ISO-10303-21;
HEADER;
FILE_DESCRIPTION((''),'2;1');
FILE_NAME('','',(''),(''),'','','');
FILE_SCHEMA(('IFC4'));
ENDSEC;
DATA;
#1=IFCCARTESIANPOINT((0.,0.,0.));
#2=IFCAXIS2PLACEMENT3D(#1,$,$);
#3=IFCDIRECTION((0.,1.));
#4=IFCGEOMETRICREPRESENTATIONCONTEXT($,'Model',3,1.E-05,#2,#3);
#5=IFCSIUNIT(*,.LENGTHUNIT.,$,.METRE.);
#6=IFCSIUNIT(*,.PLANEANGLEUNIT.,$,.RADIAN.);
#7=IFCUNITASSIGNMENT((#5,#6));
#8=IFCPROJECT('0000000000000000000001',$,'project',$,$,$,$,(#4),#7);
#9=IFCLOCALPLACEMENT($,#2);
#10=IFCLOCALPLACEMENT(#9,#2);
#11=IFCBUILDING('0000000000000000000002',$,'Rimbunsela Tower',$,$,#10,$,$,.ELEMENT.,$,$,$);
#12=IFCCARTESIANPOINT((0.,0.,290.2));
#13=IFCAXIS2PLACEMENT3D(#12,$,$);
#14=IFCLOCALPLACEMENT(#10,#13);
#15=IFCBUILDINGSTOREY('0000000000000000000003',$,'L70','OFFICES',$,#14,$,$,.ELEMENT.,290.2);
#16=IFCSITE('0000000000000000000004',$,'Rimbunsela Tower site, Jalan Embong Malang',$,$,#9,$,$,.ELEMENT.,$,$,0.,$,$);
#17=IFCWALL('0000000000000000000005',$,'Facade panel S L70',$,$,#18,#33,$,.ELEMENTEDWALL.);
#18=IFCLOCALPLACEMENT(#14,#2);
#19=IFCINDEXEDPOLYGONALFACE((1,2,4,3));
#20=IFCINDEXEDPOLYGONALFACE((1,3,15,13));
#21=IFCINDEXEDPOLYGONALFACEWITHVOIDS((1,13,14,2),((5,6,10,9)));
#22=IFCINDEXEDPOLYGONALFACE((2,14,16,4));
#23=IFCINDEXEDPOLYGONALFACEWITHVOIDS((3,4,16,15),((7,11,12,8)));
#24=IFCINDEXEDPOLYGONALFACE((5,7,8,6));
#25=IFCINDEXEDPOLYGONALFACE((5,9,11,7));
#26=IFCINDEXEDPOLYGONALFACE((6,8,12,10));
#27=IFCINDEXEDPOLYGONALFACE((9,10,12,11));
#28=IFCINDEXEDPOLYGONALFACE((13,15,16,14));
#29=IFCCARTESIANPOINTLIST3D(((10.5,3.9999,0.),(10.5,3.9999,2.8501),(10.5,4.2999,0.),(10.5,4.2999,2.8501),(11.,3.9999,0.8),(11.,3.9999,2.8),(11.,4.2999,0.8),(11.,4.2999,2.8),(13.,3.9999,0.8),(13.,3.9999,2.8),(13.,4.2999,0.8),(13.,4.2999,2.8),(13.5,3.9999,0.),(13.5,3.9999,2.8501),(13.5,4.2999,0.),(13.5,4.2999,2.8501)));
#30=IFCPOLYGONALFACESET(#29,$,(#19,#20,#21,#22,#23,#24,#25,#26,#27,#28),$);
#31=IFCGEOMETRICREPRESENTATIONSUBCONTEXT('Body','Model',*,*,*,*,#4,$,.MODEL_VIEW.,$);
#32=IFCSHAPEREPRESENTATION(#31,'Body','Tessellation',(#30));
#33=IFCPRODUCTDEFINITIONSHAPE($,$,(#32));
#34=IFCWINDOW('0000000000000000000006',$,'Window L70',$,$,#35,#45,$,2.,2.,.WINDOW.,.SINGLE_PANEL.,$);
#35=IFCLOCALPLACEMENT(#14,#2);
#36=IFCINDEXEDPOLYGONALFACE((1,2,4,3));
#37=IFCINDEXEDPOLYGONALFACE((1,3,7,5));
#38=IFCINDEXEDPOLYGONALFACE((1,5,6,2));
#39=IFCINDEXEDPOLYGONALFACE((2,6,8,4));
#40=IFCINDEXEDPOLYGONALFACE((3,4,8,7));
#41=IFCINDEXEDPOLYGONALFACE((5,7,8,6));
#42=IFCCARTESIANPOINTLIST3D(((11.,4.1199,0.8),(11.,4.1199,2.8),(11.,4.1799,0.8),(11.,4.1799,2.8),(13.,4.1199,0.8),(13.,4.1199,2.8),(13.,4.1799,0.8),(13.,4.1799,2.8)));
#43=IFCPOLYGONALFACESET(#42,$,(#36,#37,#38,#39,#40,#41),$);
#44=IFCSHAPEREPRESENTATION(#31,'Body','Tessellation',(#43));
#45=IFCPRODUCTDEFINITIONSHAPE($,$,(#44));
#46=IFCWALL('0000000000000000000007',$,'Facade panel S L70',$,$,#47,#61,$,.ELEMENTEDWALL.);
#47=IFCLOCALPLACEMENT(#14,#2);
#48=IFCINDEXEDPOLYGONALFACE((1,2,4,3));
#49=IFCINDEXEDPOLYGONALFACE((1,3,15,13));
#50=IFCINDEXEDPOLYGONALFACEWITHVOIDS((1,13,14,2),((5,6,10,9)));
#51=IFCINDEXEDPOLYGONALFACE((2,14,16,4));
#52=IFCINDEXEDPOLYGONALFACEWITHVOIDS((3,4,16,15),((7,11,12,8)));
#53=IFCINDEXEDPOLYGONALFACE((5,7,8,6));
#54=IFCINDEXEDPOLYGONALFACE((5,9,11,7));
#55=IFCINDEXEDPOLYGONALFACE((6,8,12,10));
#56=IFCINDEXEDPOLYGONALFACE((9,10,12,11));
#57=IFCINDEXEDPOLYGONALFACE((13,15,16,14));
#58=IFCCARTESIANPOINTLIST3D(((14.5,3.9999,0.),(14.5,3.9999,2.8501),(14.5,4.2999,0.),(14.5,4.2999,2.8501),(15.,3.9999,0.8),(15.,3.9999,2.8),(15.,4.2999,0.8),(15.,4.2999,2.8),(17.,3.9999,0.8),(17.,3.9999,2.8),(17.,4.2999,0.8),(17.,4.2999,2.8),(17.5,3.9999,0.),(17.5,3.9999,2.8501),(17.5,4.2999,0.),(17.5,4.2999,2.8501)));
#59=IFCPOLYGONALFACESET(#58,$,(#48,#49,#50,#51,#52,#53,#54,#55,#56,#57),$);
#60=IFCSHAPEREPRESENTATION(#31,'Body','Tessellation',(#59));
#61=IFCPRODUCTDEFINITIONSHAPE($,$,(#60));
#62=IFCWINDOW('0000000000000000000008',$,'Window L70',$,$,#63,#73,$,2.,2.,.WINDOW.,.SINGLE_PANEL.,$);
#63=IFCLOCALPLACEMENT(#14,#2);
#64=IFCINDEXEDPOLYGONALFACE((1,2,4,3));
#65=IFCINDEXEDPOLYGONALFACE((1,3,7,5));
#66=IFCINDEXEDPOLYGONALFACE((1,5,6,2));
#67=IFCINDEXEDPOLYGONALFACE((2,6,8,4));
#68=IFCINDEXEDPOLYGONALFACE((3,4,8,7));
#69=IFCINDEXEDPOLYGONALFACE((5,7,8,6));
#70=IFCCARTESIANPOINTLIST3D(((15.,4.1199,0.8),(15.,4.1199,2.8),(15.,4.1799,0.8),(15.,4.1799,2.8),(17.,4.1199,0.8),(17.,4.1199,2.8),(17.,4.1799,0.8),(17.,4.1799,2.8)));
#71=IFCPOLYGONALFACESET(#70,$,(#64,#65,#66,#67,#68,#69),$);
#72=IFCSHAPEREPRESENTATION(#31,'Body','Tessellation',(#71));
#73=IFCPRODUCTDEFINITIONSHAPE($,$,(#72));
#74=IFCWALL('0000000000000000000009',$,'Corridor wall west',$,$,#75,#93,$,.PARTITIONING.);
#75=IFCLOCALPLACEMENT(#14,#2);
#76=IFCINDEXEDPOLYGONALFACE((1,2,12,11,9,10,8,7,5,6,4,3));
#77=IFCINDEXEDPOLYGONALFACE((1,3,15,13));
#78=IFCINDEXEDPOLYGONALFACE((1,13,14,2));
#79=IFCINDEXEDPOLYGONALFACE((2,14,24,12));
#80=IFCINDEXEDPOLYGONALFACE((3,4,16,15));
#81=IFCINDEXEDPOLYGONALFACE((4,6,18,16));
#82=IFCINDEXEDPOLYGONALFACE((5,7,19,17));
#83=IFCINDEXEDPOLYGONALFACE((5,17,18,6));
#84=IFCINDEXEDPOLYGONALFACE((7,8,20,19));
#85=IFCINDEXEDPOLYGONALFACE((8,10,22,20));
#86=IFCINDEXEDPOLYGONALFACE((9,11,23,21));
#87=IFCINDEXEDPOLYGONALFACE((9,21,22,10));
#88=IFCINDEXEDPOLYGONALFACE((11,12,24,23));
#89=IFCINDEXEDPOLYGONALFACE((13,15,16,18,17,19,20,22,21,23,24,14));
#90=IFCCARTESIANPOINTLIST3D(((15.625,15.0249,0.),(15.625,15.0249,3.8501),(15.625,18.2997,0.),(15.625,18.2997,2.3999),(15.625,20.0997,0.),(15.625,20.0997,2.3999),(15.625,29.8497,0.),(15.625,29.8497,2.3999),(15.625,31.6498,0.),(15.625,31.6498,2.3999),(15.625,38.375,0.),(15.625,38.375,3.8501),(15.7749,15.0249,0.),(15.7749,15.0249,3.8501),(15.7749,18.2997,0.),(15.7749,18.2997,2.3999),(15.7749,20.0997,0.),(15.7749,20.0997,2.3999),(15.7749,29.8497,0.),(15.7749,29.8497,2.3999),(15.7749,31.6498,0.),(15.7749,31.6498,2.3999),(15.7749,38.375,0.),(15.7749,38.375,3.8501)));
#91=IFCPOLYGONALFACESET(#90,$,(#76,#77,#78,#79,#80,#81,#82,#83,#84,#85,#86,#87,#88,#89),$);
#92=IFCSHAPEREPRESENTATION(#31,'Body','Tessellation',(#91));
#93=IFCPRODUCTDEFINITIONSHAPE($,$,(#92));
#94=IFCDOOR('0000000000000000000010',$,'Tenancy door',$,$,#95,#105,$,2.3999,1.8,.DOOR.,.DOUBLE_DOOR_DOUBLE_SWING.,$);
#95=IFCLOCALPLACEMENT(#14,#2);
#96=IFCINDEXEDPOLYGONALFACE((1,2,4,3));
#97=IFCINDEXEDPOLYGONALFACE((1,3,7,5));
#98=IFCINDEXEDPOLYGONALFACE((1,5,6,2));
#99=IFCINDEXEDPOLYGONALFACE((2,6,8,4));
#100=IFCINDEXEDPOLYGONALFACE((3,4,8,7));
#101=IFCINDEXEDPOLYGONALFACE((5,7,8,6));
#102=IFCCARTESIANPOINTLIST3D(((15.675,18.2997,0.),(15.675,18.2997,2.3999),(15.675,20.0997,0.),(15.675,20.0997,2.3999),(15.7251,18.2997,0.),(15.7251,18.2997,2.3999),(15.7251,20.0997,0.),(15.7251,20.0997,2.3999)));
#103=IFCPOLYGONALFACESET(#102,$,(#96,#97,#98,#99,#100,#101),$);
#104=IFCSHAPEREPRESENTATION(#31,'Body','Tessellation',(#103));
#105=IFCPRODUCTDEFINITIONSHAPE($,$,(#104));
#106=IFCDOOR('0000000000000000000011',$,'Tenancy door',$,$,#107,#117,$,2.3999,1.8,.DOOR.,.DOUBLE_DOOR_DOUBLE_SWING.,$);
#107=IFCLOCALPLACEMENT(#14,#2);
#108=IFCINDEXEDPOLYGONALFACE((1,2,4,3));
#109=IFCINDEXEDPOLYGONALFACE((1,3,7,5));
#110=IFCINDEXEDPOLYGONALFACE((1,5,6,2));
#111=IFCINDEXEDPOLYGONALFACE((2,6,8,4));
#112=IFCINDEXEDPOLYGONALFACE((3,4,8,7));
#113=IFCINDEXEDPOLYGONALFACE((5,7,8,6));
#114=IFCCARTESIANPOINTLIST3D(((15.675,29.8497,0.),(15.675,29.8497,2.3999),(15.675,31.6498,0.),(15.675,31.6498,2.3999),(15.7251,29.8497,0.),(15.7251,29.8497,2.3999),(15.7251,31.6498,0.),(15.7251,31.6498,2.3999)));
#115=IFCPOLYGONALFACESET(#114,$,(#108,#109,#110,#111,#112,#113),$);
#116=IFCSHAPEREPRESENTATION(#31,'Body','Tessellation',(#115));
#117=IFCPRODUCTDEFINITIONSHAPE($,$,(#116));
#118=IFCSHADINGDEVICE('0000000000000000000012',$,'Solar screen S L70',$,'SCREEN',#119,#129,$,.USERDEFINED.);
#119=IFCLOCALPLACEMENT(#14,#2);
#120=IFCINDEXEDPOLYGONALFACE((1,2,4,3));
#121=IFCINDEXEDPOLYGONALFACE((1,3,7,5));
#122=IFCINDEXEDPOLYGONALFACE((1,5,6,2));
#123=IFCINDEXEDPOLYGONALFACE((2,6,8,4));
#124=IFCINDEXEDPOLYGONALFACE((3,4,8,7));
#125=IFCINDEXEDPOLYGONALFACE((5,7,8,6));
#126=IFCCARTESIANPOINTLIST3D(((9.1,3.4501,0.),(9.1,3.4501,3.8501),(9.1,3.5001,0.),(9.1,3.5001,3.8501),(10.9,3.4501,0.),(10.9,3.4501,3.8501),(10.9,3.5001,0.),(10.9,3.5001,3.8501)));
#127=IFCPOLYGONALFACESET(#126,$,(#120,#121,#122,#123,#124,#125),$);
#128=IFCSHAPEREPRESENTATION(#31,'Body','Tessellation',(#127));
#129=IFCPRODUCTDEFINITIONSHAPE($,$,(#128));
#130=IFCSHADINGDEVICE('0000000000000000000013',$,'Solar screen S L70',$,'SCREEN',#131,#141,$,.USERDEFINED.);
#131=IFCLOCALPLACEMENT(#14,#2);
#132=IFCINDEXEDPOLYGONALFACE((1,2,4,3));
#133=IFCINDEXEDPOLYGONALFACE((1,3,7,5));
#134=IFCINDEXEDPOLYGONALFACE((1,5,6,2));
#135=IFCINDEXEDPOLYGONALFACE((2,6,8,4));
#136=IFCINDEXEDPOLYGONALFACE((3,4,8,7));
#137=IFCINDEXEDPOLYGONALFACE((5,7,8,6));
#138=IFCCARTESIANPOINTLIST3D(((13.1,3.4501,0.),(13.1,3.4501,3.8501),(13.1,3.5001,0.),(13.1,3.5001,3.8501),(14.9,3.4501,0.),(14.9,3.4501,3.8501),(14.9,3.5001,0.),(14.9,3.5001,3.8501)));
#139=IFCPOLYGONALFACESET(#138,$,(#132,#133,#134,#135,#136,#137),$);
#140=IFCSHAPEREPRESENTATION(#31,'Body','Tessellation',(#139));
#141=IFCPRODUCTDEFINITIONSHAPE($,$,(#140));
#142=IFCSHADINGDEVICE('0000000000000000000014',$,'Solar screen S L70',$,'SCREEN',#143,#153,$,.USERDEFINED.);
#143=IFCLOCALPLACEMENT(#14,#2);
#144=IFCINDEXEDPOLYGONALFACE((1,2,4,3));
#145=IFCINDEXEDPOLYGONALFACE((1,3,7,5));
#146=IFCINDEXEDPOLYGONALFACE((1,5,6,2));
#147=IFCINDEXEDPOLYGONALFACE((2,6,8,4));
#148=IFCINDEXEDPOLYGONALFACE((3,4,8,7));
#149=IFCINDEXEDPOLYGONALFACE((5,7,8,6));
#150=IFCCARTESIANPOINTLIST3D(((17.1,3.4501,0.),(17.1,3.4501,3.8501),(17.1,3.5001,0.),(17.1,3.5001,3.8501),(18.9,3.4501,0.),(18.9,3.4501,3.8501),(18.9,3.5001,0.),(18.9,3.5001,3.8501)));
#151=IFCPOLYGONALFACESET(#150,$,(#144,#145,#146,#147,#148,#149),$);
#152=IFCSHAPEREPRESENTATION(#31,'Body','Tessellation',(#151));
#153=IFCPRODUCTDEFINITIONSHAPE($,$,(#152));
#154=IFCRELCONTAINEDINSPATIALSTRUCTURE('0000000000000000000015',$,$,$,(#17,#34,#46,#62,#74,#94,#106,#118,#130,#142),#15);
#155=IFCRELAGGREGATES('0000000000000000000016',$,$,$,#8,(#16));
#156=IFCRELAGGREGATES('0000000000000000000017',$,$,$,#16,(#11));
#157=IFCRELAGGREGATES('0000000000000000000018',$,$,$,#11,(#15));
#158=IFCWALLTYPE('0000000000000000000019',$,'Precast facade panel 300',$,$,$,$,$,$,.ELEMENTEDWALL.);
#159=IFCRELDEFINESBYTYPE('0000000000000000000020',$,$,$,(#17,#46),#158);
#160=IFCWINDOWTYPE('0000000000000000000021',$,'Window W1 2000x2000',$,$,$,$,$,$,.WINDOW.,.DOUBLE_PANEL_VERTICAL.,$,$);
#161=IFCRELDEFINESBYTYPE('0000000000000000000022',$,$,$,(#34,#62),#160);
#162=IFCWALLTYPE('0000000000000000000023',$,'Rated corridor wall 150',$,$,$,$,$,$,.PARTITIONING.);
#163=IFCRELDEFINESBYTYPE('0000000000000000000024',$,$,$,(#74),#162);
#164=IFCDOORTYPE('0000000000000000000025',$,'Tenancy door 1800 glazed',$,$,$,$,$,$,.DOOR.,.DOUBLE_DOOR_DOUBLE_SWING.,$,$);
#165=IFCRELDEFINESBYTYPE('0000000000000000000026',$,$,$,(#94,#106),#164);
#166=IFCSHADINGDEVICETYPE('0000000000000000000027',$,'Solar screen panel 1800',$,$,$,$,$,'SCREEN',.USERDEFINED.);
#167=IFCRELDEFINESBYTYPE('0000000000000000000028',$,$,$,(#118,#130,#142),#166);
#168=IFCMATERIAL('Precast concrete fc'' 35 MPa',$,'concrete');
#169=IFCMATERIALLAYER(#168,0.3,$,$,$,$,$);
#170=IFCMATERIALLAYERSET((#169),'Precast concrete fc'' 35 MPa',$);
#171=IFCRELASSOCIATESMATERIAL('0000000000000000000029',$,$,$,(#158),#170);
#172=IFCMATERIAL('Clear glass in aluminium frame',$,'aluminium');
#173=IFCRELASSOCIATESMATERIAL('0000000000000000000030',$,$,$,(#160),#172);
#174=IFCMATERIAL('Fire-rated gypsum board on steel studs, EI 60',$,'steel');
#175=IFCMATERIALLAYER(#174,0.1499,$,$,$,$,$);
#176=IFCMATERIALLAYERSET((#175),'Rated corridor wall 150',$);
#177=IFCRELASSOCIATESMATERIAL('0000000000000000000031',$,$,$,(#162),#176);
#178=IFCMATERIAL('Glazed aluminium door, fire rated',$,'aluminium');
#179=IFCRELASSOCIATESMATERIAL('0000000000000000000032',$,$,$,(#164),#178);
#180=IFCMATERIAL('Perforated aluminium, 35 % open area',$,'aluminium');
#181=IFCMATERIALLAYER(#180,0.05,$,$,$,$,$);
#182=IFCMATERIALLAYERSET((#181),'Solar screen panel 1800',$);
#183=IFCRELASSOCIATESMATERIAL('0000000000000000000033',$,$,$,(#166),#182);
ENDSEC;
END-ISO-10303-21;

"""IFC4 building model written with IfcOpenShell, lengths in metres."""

from ifc_helpers import new_model, si_unit, direction, frame, frame_2d, origin, origin_2d, place, context, subcontext, project, spatial, rectangle, extrude, material, layer, layer_set, type_object, element, fill, save


model = new_model("IFC4")

# Units and contexts
model_context = context("Model", 3, precision=1e-05, world=origin(), true_north=direction((0.0, 1.0)))
body_context = subcontext(model_context, "Body", "Model", "MODEL_VIEW")
ifc_project = project(units=[si_unit("LENGTHUNIT", "METRE"), si_unit("PLANEANGLEUNIT", "RADIAN")], contexts=[model_context])

# Site, building, storey
site_placement = place(None, origin())
site = spatial("IfcSite", under=ifc_project, at=site_placement, Name="Rimbunsela Tower site, Jalan Embong Malang", CompositionType="ELEMENT", RefElevation=0.0)
building_placement = place(site_placement, origin())
building = spatial("IfcBuilding", under=site, at=building_placement, Name="Rimbunsela Tower", CompositionType="ELEMENT")
storey_placement = place(building_placement, frame((0.0, 0.0, 290.2)))
storey = spatial("IfcBuildingStorey", under=building, at=storey_placement, Name="L70", Description="OFFICES", CompositionType="ELEMENT", Elevation=290.2)

# Shared definitions
ifc_material_1 = material(Name="Precast concrete fc' 35 MPa", Category="concrete")
ifc_layer_1 = layer(ifc_material_1, 0.3)
ifc_layer_set_1 = layer_set([ifc_layer_1], Name="Precast concrete fc' 35 MPa")
wall_type_1 = type_object("IfcWallType", Name="Precast facade panel 300", PredefinedType="ELEMENTEDWALL", material=ifc_layer_set_1)

# Walls, openings, windows
wall_1_placement = place(storey_placement, frame((10.5, 4.1499, 0.0), z_axis=(0.0, 0.0, 1.0), x_axis=(1.0, 0.0, 0.0)))
wall_1 = element("IfcWall", 1, at=wall_1_placement, inside=storey, type_object=wall_type_1, Name="Facade panel S L70", PredefinedType="ELEMENTEDWALL", context=body_context, shape_type="SweptSolid", body=[
    extrude(rectangle(XDim=3.0, YDim=0.3, at=frame_2d((1.5, 0.0))), origin(), (0.0, 0.0, 1.0), 2.8501),
])
opening_1_placement = place(wall_1_placement, frame((0.5, 0.0, 0.8)))
opening_1 = element("IfcOpeningElement", 2, at=opening_1_placement, cuts=wall_1, PredefinedType="OPENING", context=body_context, shape_type="SweptSolid", body=[
    extrude(rectangle(XDim=2.0, YDim=2.0, at=frame_2d((1.0, 1.0))), frame((0.0, 0.1599, 0.0), z_axis=(0.0, -1.0, 0.0), x_axis=(1.0, 0.0, 0.0)), (0.0, 0.0, 1.0), 0.3201),
])
ifc_material_2 = material(Name="Clear glass in aluminium frame", Category="aluminium")
window_type = type_object("IfcWindowType", Name="Window W1 2000x2000", PartitioningType="DOUBLE_PANEL_VERTICAL", PredefinedType="WINDOW", material=ifc_material_2)
window_1_placement = place(opening_1_placement, origin())
window_1 = element("IfcWindow", 3, at=window_1_placement, inside=storey, type_object=window_type, Name="Window L70", OverallHeight=2.0, OverallWidth=2.0, PartitioningType="SINGLE_PANEL", PredefinedType="WINDOW", context=body_context, shape_type="SweptSolid", body=[
    extrude(rectangle(XDim=2.0, YDim=2.0, at=frame_2d((1.0, 1.0))), frame((0.0, 0.03, 0.0), z_axis=(0.0, -1.0, 0.0), x_axis=(1.0, 0.0, 0.0)), (0.0, 0.0, 1.0), 0.0601),
])
fill(opening_1, window_1)
wall_2_placement = place(storey_placement, frame((14.5, 4.1499, 0.0), z_axis=(0.0, 0.0, 1.0), x_axis=(1.0, 0.0, 0.0)))
wall_2 = element("IfcWall", 4, at=wall_2_placement, inside=storey, type_object=wall_type_1, Name="Facade panel S L70", PredefinedType="ELEMENTEDWALL", context=body_context, shape_type="SweptSolid", body=[
    extrude(rectangle(XDim=3.0, YDim=0.3, at=frame_2d((1.5, 0.0))), origin(), (0.0, 0.0, 1.0), 2.8501),
])
opening_2_placement = place(wall_2_placement, frame((0.5, 0.0, 0.8)))
opening_2 = element("IfcOpeningElement", 5, at=opening_2_placement, cuts=wall_2, PredefinedType="OPENING", context=body_context, shape_type="SweptSolid", body=[
    extrude(rectangle(XDim=2.0, YDim=2.0, at=frame_2d((1.0, 1.0))), frame((0.0, 0.1599, 0.0), z_axis=(0.0, -1.0, 0.0), x_axis=(1.0, 0.0, 0.0)), (0.0, 0.0, 1.0), 0.3201),
])
window_2_placement = place(opening_2_placement, origin())
window_2 = element("IfcWindow", 6, at=window_2_placement, inside=storey, type_object=window_type, Name="Window L70", OverallHeight=2.0, OverallWidth=2.0, PartitioningType="SINGLE_PANEL", PredefinedType="WINDOW", context=body_context, shape_type="SweptSolid", body=[
    extrude(rectangle(XDim=2.0, YDim=2.0, at=frame_2d((1.0, 1.0))), frame((0.0, 0.03, 0.0), z_axis=(0.0, -1.0, 0.0), x_axis=(1.0, 0.0, 0.0)), (0.0, 0.0, 1.0), 0.0601),
])
fill(opening_2, window_2)

# Wall, openings, doors
ifc_material_3 = material(Name="Fire-rated gypsum board on steel studs, EI 60", Category="steel")
ifc_layer_2 = layer(ifc_material_3, 0.1499)
ifc_layer_set_2 = layer_set([ifc_layer_2], Name="Rated corridor wall 150")
wall_type_2 = type_object("IfcWallType", Name="Rated corridor wall 150", PredefinedType="PARTITIONING", material=ifc_layer_set_2)
wall_3_placement = place(storey_placement, frame((15.7, 15.0249, 0.0), z_axis=(0.0, 0.0, 1.0), x_axis=(0.0, 1.0, 0.0)))
wall_3 = element("IfcWall", 7, at=wall_3_placement, inside=storey, type_object=wall_type_2, Name="Corridor wall west", PredefinedType="PARTITIONING", context=body_context, shape_type="SweptSolid", body=[
    extrude(rectangle(XDim=23.3501, YDim=0.1499, at=frame_2d((11.675, 0.0))), origin(), (0.0, 0.0, 1.0), 3.8501),
])
opening_3_placement = place(wall_3_placement, frame((3.2749, 0.0, 0.0)))
opening_3 = element("IfcOpeningElement", 8, at=opening_3_placement, cuts=wall_3, PredefinedType="OPENING", context=body_context, shape_type="SweptSolid", body=[
    extrude(rectangle(XDim=1.8, YDim=2.3999, at=frame_2d((0.8999, 1.2))), frame((0.0, 0.085, 0.0), z_axis=(0.0, -1.0, 0.0), x_axis=(1.0, 0.0, 0.0)), (0.0, 0.0, 1.0), 0.1699),
])
opening_4_placement = place(wall_3_placement, frame((14.825, 0.0, 0.0)))
opening_4 = element("IfcOpeningElement", 9, at=opening_4_placement, cuts=wall_3, PredefinedType="OPENING", context=body_context, shape_type="SweptSolid", body=[
    extrude(rectangle(XDim=1.8, YDim=2.3999, at=frame_2d((0.8999, 1.2))), frame((0.0, 0.085, 0.0), z_axis=(0.0, -1.0, 0.0), x_axis=(1.0, 0.0, 0.0)), (0.0, 0.0, 1.0), 0.1699),
])
ifc_material_4 = material(Name="Glazed aluminium door, fire rated", Category="aluminium")
door_type_1 = type_object("IfcDoorType", Name="Tenancy door 1800 glazed", OperationType="DOUBLE_DOOR_DOUBLE_SWING", PredefinedType="DOOR", material=ifc_material_4)
door_1_placement = place(opening_3_placement, origin())
door_1 = element("IfcDoor", 10, at=door_1_placement, inside=storey, type_object=door_type_1, Name="Tenancy door", OperationType="DOUBLE_DOOR_DOUBLE_SWING", OverallHeight=2.3999, OverallWidth=1.8, PredefinedType="DOOR", context=body_context, shape_type="SweptSolid", body=[
    extrude(rectangle(XDim=1.8, YDim=2.3999, at=frame_2d((0.8999, 1.2))), frame((0.0, 0.0249, 0.0), z_axis=(0.0, -1.0, 0.0), x_axis=(1.0, 0.0, 0.0)), (0.0, 0.0, 1.0), 0.05),
])
fill(opening_3, door_1)
door_2_placement = place(opening_4_placement, origin())
door_2 = element("IfcDoor", 11, at=door_2_placement, inside=storey, type_object=door_type_1, Name="Tenancy door", OperationType="DOUBLE_DOOR_DOUBLE_SWING", OverallHeight=2.3999, OverallWidth=1.8, PredefinedType="DOOR", context=body_context, shape_type="SweptSolid", body=[
    extrude(rectangle(XDim=1.8, YDim=2.3999, at=frame_2d((0.8999, 1.2))), frame((0.0, 0.0249, 0.0), z_axis=(0.0, -1.0, 0.0), x_axis=(1.0, 0.0, 0.0)), (0.0, 0.0, 1.0), 0.05),
])
fill(opening_4, door_2)

# Shading devices
ifc_material_5 = material(Name="Perforated aluminium, 35 % open area", Category="aluminium")
ifc_layer_3 = layer(ifc_material_5, 0.05)
ifc_layer_set_3 = layer_set([ifc_layer_3], Name="Solar screen panel 1800")
shading_device_type = type_object("IfcShadingDeviceType", Name="Solar screen panel 1800", ElementType="SCREEN", PredefinedType="USERDEFINED", material=ifc_layer_set_3)
for number, where, z_axis, x_axis, name in (
    (12, (10.0, 3.4751, 0.0), (0.0, 0.0, 1.0), (1.0, 0.0, 0.0), "Solar screen S L70"),
    (13, (14.0, 3.4751, 0.0), (0.0, 0.0, 1.0), (1.0, 0.0, 0.0), "Solar screen S L70"),
    (14, (18.0, 3.4751, 0.0), (0.0, 0.0, 1.0), (1.0, 0.0, 0.0), "Solar screen S L70"),
):
    element("IfcShadingDevice", number, at=place(storey_placement, frame(where, z_axis=z_axis, x_axis=x_axis)), inside=storey, type_object=shading_device_type, Name=name, ObjectType="SCREEN", PredefinedType="USERDEFINED", context=body_context, shape_type="SweptSolid", body=[
        extrude(rectangle(XDim=1.8, YDim=0.05, at=origin_2d()), origin(), (0.0, 0.0, 1.0), 3.8501),
    ])

save(model, "model.ifc")
